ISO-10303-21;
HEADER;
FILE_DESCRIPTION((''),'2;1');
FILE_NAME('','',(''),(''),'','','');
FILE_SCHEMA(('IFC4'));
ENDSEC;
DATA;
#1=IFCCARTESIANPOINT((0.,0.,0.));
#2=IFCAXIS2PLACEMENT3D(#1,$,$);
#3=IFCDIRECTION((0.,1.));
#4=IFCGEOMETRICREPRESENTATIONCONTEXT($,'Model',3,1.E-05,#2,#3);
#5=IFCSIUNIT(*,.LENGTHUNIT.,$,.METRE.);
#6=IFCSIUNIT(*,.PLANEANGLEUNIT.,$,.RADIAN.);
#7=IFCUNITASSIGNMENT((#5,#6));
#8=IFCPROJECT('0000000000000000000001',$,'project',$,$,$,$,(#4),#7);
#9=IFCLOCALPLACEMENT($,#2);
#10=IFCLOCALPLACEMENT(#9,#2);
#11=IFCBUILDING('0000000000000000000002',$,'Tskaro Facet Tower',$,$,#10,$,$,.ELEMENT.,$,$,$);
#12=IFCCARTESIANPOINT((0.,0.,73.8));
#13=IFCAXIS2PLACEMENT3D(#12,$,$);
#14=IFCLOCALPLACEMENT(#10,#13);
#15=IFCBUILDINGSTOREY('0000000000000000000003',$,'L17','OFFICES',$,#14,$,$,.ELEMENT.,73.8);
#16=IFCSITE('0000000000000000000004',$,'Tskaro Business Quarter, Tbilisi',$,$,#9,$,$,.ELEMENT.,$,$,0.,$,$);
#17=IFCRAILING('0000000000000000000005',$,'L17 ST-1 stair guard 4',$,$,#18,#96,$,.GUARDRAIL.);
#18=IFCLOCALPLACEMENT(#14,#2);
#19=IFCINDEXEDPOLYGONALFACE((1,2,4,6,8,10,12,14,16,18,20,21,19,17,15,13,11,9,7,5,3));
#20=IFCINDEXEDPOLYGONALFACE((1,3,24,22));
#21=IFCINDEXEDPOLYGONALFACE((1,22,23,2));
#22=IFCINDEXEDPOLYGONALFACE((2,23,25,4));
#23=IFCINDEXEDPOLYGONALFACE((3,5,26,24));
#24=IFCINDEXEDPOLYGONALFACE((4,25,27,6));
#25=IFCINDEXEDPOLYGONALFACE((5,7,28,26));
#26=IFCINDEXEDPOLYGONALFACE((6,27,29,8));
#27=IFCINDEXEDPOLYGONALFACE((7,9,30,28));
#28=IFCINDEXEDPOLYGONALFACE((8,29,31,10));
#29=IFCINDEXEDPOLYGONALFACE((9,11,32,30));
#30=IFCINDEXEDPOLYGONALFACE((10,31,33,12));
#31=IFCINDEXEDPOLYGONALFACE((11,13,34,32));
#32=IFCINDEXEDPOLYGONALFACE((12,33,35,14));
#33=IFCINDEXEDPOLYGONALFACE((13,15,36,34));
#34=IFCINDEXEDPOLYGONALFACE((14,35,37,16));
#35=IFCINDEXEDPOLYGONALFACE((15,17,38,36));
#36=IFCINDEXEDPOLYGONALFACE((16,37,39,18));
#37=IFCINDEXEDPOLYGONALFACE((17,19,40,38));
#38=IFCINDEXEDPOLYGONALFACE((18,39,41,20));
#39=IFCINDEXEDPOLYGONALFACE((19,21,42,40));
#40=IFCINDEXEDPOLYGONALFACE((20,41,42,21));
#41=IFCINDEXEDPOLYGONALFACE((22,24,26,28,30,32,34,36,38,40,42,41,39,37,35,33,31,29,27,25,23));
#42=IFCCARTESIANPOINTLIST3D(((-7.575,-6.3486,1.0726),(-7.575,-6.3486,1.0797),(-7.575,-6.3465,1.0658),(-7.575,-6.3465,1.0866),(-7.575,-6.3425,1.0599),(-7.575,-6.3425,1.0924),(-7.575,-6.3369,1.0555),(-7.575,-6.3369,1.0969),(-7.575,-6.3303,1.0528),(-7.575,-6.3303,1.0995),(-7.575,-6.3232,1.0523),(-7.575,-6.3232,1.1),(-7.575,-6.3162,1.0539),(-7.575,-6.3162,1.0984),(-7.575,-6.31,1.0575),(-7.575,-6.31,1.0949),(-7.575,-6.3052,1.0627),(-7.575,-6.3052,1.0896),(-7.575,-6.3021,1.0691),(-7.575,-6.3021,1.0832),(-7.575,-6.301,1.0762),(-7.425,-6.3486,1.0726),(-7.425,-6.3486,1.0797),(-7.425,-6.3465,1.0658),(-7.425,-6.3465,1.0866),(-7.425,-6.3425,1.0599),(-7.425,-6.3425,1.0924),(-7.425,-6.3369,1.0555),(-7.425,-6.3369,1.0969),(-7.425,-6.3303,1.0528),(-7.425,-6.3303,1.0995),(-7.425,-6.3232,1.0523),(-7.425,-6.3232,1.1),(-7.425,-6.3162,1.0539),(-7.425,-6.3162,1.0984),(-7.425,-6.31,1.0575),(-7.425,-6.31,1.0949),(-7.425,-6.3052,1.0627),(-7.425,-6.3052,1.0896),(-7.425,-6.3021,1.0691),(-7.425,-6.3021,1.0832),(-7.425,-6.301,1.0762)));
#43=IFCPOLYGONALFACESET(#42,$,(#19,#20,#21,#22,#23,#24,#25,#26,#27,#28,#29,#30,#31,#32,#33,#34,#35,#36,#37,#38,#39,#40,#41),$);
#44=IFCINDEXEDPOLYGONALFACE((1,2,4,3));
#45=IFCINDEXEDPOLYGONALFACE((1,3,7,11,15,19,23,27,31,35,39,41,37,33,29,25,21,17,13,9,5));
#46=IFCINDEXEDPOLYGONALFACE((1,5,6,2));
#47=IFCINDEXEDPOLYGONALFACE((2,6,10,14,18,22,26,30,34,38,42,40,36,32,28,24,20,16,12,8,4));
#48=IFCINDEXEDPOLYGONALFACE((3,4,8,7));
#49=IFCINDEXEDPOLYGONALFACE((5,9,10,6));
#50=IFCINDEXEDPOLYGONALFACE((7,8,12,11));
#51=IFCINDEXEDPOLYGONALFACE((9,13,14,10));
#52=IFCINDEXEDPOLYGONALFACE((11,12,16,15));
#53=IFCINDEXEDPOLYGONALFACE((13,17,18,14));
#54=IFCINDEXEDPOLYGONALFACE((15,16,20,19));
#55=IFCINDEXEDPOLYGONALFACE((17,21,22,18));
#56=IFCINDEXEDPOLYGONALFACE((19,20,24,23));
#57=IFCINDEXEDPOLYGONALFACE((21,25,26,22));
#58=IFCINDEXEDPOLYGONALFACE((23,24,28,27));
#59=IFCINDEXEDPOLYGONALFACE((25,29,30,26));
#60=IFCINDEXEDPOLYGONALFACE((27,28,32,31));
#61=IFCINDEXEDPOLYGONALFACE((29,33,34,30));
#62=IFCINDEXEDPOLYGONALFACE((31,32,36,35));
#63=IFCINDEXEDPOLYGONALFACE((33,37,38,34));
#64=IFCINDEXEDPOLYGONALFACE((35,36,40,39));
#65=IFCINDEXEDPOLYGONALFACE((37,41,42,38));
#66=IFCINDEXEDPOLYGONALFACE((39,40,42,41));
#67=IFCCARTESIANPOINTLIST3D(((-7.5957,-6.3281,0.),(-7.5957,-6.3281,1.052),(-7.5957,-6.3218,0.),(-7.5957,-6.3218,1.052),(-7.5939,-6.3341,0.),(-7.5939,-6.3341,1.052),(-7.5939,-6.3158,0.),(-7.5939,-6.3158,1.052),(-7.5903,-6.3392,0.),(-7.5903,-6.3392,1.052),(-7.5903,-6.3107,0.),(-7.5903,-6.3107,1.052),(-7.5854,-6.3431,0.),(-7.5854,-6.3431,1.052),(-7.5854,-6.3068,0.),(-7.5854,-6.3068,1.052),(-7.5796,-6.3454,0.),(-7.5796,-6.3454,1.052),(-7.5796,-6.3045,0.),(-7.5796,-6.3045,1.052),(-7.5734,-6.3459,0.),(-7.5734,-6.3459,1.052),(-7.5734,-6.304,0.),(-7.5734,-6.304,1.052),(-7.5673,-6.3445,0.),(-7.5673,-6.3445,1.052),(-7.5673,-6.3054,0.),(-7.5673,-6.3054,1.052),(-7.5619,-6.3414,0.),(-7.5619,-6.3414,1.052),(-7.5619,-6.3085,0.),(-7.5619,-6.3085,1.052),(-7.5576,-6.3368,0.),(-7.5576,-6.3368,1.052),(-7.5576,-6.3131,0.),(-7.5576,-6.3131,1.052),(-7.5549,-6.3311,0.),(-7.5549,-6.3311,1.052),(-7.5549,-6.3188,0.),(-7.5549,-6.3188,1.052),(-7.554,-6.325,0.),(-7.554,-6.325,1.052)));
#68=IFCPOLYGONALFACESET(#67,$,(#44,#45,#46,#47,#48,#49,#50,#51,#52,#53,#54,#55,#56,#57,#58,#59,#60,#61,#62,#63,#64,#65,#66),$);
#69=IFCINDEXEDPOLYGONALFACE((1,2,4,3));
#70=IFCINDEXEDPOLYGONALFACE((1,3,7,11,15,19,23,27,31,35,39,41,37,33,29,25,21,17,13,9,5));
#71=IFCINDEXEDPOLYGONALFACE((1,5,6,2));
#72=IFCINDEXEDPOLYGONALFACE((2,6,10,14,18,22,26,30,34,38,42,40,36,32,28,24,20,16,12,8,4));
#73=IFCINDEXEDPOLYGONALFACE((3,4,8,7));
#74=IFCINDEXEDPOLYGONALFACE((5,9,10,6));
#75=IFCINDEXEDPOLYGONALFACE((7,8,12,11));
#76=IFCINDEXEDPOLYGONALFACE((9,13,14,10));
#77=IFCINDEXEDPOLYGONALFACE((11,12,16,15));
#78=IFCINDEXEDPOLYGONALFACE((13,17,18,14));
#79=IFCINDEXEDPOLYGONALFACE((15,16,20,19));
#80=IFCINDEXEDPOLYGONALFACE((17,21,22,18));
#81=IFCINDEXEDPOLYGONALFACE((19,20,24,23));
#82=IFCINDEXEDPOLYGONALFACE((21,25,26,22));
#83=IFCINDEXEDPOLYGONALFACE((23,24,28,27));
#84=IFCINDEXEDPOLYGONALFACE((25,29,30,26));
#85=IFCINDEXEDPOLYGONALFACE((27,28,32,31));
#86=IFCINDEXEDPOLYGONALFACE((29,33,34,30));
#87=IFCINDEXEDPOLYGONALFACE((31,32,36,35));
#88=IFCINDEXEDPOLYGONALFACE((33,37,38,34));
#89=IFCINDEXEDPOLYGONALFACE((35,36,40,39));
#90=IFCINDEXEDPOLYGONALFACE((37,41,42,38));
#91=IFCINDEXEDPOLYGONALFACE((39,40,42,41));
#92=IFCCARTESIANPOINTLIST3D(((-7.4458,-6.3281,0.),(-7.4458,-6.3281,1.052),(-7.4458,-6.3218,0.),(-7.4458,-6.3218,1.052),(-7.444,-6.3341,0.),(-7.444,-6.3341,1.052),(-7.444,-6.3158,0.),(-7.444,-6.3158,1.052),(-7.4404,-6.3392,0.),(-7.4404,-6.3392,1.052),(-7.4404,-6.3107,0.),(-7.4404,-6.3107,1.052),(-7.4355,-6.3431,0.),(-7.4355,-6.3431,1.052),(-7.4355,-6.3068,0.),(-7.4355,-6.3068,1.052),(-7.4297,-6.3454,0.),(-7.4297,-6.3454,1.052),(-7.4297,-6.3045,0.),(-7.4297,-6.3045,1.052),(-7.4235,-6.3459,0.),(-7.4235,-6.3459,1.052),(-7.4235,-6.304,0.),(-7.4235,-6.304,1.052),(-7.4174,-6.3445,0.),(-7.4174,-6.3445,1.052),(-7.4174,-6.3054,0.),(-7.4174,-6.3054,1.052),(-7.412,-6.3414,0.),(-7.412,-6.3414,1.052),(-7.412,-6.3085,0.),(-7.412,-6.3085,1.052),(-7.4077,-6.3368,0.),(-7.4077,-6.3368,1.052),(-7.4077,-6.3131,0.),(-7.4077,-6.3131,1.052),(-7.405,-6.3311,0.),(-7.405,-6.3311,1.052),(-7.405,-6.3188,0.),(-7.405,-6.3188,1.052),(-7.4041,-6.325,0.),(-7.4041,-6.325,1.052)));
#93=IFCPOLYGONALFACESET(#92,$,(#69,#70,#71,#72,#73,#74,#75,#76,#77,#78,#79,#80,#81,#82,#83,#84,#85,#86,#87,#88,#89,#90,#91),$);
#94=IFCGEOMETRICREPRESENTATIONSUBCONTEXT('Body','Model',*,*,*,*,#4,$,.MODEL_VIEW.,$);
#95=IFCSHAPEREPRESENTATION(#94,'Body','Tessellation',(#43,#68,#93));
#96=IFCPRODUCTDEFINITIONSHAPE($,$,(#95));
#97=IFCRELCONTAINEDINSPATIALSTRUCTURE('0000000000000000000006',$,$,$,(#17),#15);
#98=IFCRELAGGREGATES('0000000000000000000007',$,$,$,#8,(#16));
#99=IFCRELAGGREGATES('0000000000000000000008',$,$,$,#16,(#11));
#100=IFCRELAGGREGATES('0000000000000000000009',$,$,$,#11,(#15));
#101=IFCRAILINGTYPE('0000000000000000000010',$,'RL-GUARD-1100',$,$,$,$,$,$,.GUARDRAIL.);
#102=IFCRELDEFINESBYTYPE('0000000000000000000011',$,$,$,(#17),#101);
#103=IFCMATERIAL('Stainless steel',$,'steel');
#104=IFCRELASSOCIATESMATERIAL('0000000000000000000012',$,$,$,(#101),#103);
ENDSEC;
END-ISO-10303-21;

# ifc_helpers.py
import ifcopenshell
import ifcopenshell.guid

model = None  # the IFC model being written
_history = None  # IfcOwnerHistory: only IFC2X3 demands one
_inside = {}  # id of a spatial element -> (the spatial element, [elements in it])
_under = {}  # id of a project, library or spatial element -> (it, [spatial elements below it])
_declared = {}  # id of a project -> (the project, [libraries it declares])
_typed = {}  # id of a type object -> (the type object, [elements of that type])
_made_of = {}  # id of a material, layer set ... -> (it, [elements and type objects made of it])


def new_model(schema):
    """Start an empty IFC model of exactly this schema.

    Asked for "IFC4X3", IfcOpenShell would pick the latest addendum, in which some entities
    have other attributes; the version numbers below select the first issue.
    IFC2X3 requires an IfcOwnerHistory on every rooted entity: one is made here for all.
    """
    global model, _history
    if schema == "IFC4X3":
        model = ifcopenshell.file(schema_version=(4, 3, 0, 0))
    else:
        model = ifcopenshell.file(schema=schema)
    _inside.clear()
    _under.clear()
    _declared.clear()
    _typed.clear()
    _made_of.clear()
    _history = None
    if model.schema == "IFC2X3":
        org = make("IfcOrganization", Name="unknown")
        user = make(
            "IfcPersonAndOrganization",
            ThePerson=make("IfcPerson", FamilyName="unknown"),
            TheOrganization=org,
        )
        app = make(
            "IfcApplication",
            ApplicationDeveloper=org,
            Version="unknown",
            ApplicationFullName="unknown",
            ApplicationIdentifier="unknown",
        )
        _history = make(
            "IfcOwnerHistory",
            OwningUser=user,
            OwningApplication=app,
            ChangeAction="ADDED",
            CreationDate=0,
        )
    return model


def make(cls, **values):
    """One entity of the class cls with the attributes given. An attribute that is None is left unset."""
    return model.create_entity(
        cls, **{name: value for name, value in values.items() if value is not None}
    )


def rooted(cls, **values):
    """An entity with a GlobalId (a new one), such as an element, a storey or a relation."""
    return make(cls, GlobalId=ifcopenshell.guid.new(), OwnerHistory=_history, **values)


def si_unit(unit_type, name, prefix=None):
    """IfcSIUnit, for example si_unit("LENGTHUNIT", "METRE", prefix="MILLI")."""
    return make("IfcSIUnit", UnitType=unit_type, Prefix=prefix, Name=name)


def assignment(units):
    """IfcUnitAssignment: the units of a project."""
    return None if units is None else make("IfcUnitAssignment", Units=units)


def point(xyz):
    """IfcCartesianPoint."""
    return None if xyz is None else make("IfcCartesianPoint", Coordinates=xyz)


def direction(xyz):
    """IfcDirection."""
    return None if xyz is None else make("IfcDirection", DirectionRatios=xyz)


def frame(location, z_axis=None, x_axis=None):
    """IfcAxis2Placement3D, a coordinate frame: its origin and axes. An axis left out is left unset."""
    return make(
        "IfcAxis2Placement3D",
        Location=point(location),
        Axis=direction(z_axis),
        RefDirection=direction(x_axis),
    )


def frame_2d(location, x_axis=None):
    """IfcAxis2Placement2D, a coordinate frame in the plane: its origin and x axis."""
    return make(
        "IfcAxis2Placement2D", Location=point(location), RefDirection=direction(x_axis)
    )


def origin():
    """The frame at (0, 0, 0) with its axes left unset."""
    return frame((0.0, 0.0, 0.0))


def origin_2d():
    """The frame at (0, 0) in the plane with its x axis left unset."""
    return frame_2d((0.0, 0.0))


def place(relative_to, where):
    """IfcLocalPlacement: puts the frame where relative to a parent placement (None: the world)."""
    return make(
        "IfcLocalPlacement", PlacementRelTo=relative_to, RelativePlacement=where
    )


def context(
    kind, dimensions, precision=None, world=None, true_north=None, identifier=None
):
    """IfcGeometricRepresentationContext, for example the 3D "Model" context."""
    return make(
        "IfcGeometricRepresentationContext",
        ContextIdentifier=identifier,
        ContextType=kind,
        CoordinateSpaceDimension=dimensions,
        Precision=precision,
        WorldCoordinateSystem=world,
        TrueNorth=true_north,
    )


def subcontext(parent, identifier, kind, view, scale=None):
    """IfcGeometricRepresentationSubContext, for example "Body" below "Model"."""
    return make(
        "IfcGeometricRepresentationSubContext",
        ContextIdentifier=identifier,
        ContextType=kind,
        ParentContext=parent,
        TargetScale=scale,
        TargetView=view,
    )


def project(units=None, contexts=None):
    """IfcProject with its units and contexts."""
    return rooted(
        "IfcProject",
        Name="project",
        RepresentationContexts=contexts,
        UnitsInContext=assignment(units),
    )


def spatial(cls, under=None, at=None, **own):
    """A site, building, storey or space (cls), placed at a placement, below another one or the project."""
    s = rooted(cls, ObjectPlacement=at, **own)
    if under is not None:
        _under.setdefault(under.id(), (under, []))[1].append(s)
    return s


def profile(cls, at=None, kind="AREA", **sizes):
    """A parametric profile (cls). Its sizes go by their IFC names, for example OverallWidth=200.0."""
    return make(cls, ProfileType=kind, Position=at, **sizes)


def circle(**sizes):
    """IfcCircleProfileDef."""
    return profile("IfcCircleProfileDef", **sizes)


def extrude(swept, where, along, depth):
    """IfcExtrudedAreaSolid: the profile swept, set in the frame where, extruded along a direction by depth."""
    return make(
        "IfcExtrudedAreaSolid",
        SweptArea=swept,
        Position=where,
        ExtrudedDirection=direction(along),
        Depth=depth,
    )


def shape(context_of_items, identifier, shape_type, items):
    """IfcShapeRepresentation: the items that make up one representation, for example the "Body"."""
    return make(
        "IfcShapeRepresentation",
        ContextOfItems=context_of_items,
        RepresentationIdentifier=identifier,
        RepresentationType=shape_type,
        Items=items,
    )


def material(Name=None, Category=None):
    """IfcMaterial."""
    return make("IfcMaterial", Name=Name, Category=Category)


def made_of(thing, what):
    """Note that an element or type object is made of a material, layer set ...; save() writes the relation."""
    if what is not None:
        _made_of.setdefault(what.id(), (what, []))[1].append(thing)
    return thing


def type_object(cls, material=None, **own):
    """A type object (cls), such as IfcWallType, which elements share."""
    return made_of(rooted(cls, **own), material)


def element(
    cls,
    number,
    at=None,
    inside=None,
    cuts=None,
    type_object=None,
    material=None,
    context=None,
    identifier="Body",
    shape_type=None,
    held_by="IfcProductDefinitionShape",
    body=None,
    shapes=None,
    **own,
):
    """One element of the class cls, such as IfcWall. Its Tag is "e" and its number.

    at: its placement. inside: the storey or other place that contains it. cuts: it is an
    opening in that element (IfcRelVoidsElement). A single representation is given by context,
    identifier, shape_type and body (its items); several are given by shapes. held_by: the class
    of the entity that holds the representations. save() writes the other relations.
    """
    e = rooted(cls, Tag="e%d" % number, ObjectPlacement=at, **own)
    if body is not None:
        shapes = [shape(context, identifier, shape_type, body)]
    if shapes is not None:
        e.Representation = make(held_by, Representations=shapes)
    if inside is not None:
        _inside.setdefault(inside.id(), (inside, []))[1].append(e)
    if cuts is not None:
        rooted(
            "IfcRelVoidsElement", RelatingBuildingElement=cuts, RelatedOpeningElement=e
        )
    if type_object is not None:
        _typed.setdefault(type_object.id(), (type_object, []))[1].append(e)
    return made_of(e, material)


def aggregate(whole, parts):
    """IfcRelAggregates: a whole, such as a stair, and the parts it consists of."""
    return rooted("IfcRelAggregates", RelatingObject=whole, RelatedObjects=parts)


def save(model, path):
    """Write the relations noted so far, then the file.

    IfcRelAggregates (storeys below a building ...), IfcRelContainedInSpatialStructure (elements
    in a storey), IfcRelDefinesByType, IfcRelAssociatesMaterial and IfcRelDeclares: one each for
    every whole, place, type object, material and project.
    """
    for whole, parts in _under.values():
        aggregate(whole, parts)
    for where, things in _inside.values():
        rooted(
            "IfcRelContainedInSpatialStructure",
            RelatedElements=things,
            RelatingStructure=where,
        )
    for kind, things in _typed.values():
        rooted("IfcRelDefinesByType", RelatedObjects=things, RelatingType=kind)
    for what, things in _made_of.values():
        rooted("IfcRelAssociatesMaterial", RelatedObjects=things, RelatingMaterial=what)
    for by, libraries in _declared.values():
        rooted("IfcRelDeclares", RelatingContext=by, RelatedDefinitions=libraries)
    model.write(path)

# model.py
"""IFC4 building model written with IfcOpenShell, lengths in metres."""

from ifc_helpers import new_model, si_unit, direction, frame, origin, origin_2d, place, context, subcontext, project, spatial, circle, extrude, material, type_object, element, save


model = new_model("IFC4")

# Units and contexts
model_context = context("Model", 3, precision=1e-05, world=origin(), true_north=direction((0.0, 1.0)))
body_context = subcontext(model_context, "Body", "Model", "MODEL_VIEW")
ifc_project = project(units=[si_unit("LENGTHUNIT", "METRE"), si_unit("PLANEANGLEUNIT", "RADIAN")], contexts=[model_context])

# Site, building, storey
site_placement = place(None, origin())
site = spatial("IfcSite", under=ifc_project, at=site_placement, Name="Tskaro Business Quarter, Tbilisi", CompositionType="ELEMENT", RefElevation=0.0)
building_placement = place(site_placement, origin())
building = spatial("IfcBuilding", under=site, at=building_placement, Name="Tskaro Facet Tower", CompositionType="ELEMENT")
storey_placement = place(building_placement, frame((0.0, 0.0, 73.8)))
storey = spatial("IfcBuildingStorey", under=building, at=storey_placement, Name="L17", Description="OFFICES", CompositionType="ELEMENT", Elevation=73.8)

# Shared definitions
ifc_material_1 = material(Name="Stainless steel", Category="steel")

# Railing
railing_type_1 = type_object("IfcRailingType", Name="RL-GUARD-1100", PredefinedType="GUARDRAIL", material=ifc_material_1)
railing_1_placement = place(storey_placement, frame((-7.575, -6.325, 0.0)))
element("IfcRailing", 1, at=railing_1_placement, inside=storey, type_object=railing_type_1, Name="L17 ST-1 stair guard 4", PredefinedType="GUARDRAIL", context=body_context, shape_type="SweptSolid", body=[
    extrude(circle(Radius=0.0239, at=origin_2d()), frame((0.0, 0.0, 1.0762), z_axis=(1.0, 0.0, 0.0), x_axis=(0.0, 1.0, 0.0)), (0.0, 0.0, 1.0), 0.1499),
    extrude(circle(Radius=0.021, at=origin_2d()), origin(), (0.0, 0.0, 1.0), 1.052),
    extrude(circle(Radius=0.021, at=origin_2d()), frame((0.1499, 0.0, 0.0)), (0.0, 0.0, 1.0), 1.052),
])

save(model, "model.ifc")
